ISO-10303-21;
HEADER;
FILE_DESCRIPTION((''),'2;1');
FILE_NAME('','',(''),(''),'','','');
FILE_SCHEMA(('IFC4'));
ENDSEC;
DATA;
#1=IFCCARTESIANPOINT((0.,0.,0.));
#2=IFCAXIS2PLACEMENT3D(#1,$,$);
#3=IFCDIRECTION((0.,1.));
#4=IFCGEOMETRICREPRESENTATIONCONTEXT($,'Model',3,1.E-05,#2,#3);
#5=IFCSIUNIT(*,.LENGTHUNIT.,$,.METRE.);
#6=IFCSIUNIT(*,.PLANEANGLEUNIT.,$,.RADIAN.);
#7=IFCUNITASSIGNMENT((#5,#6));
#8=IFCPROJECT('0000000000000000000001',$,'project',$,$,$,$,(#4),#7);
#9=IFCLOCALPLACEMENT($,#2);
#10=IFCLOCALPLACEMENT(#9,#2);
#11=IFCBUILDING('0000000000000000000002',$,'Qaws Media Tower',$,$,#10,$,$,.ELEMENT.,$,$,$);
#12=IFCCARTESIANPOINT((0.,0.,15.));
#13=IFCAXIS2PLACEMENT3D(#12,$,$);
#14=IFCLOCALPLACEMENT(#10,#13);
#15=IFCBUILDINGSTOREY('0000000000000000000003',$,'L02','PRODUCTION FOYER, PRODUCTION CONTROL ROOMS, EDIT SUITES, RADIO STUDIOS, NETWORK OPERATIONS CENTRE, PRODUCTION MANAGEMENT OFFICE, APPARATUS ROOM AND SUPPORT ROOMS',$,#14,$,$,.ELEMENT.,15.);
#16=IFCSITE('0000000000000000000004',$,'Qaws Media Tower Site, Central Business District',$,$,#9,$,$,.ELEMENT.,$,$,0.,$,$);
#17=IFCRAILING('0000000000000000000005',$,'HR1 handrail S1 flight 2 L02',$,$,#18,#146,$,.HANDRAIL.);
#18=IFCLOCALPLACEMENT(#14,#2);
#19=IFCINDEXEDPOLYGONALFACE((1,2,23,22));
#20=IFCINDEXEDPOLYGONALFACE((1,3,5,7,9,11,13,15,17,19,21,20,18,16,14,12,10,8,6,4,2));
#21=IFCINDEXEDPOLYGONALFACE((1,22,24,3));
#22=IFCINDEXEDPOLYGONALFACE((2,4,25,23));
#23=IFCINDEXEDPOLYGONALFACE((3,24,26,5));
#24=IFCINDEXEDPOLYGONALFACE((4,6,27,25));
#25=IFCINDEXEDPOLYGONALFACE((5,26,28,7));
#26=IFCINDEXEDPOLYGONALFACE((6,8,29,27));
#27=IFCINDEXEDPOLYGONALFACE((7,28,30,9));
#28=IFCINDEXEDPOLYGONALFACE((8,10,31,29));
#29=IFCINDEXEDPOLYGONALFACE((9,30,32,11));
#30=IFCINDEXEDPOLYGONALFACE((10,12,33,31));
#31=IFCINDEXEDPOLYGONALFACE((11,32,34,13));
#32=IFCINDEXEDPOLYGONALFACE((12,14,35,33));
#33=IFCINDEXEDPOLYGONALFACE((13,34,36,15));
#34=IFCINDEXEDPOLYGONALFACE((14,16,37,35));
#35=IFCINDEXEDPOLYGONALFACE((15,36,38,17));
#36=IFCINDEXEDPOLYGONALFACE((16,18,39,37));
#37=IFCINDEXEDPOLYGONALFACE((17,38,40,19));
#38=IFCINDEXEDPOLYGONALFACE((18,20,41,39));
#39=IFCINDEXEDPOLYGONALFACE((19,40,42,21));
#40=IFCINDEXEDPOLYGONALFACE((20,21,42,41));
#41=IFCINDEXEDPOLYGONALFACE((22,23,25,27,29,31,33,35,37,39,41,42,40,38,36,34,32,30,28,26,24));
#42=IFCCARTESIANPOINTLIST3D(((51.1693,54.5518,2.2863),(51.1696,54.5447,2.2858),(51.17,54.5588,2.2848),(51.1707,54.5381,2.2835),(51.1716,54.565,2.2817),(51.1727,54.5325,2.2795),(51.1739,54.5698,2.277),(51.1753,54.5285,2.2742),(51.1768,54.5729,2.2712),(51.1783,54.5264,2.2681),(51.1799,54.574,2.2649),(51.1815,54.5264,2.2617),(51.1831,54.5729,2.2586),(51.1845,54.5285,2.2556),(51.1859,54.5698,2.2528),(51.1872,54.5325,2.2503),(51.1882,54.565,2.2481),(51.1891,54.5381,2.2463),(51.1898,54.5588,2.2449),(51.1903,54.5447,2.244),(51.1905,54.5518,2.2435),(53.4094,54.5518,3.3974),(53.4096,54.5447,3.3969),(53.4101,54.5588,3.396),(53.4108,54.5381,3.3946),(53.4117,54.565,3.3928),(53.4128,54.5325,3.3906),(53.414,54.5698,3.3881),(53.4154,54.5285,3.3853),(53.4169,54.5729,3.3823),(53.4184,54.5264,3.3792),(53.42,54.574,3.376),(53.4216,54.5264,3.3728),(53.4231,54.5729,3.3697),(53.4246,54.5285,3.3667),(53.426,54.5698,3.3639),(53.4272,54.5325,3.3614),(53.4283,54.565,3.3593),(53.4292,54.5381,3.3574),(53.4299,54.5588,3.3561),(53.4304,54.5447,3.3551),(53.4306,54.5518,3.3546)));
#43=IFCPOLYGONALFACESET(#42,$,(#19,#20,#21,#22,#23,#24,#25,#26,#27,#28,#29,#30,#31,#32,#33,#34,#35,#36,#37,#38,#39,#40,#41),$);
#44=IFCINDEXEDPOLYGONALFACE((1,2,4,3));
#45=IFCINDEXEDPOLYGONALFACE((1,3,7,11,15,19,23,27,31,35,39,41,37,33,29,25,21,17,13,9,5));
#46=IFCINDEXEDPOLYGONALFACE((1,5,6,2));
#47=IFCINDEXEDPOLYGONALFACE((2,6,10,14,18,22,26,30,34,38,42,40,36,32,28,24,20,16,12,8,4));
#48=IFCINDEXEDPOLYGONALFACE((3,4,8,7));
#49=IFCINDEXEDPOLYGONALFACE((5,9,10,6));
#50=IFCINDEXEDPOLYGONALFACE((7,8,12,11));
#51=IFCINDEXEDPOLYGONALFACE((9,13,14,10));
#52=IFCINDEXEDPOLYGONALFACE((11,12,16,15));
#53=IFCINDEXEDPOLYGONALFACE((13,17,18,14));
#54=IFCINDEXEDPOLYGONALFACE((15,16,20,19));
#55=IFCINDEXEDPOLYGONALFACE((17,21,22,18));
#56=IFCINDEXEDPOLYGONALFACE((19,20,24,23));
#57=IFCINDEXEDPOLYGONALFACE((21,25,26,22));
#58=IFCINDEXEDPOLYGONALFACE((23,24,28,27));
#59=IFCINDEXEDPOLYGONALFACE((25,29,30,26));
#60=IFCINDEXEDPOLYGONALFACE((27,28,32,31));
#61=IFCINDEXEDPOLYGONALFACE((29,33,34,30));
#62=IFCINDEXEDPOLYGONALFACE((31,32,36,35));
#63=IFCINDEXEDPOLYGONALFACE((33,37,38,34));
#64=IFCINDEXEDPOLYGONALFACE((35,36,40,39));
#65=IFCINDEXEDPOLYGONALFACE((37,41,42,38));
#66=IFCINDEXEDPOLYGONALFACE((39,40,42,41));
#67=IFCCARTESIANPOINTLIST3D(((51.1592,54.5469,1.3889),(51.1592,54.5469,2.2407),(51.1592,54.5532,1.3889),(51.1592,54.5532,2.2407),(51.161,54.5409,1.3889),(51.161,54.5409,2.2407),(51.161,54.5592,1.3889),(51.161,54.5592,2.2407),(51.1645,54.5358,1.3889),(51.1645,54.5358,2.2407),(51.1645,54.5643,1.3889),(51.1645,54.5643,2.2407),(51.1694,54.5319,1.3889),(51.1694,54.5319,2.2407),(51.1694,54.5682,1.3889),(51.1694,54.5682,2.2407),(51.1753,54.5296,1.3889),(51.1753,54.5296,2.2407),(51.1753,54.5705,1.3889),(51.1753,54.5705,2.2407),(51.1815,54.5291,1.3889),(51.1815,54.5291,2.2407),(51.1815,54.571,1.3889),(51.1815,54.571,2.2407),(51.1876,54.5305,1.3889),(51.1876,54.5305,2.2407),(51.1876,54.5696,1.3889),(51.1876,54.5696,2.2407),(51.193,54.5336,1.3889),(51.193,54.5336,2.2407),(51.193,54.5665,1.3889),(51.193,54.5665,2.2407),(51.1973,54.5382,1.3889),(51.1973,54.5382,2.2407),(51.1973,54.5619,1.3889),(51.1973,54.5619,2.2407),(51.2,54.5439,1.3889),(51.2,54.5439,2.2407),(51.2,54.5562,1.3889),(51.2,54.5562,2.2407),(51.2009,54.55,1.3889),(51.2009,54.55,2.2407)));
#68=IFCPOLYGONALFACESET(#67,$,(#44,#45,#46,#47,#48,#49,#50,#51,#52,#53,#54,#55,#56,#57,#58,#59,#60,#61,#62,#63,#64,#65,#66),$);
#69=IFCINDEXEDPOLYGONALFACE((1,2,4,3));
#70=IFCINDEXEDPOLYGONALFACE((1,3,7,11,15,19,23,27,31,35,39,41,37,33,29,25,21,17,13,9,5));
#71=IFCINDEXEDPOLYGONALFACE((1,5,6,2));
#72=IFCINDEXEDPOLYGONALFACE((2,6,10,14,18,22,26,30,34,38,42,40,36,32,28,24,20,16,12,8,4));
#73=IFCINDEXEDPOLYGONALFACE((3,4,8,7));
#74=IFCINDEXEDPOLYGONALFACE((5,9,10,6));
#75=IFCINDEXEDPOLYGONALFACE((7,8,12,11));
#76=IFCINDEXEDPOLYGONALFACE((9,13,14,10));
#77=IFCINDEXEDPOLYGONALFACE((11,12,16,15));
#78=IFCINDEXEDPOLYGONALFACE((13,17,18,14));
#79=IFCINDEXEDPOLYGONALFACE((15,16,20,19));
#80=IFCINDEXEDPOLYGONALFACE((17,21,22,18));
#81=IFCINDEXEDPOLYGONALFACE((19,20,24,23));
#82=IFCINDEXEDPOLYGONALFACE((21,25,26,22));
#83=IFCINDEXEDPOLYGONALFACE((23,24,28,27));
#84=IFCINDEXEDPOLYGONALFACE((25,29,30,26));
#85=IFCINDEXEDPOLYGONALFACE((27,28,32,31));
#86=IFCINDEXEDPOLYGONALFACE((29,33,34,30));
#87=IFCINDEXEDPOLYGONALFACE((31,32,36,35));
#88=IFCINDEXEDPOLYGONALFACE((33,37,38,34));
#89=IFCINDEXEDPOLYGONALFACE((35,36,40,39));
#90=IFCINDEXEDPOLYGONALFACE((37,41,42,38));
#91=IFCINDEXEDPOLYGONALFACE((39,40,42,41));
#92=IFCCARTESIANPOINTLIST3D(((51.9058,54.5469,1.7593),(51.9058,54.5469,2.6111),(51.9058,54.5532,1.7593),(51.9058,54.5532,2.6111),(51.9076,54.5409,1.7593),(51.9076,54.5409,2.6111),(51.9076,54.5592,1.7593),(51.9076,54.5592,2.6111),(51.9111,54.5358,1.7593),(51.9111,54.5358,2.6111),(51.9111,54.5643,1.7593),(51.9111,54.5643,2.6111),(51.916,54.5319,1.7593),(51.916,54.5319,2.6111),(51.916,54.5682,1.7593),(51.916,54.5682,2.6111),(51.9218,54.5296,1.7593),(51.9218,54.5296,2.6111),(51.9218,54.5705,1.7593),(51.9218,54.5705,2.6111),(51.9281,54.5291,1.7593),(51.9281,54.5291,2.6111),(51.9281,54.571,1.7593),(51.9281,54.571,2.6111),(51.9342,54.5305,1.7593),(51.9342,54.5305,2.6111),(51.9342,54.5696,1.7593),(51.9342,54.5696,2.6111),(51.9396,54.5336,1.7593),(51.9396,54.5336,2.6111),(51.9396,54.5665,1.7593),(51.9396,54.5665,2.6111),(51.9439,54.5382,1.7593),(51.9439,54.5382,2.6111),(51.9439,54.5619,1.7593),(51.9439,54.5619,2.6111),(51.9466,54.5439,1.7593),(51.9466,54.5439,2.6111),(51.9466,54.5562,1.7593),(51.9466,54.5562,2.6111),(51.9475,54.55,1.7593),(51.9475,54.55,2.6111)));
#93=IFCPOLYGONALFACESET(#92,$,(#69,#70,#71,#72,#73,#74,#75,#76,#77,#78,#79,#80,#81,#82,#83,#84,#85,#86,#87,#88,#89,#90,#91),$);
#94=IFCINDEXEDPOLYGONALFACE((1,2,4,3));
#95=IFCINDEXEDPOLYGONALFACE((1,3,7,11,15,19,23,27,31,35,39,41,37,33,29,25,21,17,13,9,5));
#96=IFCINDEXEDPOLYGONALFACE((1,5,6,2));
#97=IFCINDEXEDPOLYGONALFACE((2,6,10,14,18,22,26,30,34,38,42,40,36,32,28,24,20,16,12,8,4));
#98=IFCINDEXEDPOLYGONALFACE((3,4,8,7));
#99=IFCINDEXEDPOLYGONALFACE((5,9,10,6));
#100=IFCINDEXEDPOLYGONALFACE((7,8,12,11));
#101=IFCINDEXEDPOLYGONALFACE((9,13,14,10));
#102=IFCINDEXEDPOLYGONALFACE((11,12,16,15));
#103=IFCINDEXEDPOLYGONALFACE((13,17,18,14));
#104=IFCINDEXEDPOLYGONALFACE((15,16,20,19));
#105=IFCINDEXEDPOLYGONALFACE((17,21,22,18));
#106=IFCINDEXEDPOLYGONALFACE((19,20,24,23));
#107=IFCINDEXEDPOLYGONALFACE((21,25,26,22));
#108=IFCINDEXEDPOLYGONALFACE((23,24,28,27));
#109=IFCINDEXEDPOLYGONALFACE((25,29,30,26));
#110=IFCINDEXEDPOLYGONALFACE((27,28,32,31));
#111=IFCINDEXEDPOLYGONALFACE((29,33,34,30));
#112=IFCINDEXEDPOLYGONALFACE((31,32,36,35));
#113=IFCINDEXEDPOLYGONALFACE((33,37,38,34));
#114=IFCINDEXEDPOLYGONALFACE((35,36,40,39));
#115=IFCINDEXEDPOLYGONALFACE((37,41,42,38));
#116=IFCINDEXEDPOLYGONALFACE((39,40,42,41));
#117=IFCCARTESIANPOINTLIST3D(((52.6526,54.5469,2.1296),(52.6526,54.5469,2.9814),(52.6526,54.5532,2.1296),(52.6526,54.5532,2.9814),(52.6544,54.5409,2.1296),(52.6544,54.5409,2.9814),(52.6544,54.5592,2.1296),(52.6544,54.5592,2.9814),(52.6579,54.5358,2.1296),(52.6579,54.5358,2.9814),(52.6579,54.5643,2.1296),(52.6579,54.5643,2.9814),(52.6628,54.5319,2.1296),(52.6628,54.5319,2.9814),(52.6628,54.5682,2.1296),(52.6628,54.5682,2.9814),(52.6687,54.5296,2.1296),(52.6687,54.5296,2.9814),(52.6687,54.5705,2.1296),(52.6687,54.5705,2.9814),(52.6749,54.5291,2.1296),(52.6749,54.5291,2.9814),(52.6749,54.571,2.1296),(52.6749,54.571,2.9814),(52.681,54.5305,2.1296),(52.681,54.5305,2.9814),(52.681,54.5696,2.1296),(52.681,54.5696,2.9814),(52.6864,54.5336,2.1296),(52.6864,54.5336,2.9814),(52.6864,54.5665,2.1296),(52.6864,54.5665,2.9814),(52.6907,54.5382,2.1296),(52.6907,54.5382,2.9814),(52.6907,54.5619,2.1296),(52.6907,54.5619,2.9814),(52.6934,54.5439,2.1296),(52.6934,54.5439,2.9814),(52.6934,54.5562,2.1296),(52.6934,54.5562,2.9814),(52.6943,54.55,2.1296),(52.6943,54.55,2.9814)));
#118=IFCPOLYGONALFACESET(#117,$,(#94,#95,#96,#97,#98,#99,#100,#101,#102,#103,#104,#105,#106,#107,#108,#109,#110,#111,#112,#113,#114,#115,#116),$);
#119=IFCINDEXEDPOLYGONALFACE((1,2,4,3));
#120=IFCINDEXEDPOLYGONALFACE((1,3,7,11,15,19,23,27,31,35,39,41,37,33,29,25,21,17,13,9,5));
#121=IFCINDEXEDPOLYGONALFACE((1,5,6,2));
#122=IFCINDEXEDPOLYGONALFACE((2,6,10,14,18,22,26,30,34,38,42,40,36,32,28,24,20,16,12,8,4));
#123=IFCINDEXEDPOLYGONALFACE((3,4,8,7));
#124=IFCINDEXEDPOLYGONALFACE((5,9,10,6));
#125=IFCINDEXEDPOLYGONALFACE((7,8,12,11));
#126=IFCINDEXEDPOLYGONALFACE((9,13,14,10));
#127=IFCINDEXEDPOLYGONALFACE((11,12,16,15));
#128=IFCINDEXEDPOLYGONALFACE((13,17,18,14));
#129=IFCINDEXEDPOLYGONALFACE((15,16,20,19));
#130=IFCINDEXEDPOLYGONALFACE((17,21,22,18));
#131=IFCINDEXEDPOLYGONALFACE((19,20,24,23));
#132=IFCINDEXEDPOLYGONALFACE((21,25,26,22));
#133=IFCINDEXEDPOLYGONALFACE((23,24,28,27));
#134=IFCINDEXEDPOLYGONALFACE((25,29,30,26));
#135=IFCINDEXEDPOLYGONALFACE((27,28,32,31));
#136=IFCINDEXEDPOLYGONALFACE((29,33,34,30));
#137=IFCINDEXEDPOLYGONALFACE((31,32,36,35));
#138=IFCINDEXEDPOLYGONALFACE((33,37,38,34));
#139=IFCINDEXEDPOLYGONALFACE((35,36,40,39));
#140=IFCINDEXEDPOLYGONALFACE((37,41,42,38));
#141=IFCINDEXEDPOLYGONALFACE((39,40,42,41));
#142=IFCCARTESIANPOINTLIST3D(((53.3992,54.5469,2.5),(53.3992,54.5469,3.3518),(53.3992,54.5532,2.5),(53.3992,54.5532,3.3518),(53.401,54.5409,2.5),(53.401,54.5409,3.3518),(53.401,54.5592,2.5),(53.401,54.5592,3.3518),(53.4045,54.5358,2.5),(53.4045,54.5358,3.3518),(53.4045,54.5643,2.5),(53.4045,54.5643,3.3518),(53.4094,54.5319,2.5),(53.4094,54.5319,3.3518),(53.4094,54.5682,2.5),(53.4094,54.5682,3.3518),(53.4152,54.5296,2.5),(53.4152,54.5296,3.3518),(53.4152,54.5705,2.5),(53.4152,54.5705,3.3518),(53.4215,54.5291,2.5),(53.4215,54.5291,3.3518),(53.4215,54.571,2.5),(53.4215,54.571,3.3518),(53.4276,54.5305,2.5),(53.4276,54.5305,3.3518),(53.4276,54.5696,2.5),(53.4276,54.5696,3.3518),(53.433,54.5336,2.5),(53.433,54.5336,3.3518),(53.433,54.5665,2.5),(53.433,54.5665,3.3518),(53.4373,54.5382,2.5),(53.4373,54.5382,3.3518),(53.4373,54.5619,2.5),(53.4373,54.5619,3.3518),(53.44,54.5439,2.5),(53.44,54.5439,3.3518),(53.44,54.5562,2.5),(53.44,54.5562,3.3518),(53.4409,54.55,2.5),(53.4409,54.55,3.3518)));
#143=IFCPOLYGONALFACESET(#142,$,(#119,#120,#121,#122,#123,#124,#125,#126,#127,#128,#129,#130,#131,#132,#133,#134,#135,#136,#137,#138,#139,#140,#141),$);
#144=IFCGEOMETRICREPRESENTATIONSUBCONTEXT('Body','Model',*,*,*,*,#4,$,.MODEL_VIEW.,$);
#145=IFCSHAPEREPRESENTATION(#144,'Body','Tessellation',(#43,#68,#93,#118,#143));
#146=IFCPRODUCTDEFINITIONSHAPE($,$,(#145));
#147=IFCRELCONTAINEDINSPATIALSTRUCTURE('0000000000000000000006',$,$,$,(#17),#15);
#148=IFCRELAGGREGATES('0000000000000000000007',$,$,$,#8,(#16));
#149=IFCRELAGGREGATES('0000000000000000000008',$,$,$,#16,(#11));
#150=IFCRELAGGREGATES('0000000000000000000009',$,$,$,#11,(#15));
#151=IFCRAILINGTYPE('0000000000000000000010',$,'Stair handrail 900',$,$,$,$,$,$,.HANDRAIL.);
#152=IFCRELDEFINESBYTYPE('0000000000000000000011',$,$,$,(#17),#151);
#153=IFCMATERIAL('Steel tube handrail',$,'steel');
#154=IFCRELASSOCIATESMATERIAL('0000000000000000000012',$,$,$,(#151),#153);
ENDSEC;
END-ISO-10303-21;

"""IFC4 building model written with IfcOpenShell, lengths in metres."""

from ifc_helpers import new_model, si_unit, direction, frame, origin, origin_2d, place, context, subcontext, project, spatial, circle, extrude, material, type_object, element, save


model = new_model("IFC4")

# Units and contexts
model_context = context("Model", 3, precision=1e-05, world=origin(), true_north=direction((0.0, 1.0)))
body_context = subcontext(model_context, "Body", "Model", "MODEL_VIEW")
ifc_project = project(units=[si_unit("LENGTHUNIT", "METRE"), si_unit("PLANEANGLEUNIT", "RADIAN")], contexts=[model_context])

# Site, building, storey
site_placement = place(None, origin())
site = spatial("IfcSite", under=ifc_project, at=site_placement, Name="Qaws Media Tower Site, Central Business District", CompositionType="ELEMENT", RefElevation=0.0)
building_placement = place(site_placement, origin())
building = spatial("IfcBuilding", under=site, at=building_placement, Name="Qaws Media Tower", CompositionType="ELEMENT")
storey_placement = place(building_placement, frame((0.0, 0.0, 15.0)))
storey = spatial("IfcBuildingStorey", under=building, at=storey_placement, Name="L02", Description="PRODUCTION FOYER, PRODUCTION CONTROL ROOMS, EDIT SUITES, RADIO STUDIOS, NETWORK OPERATIONS CENTRE, PRODUCTION MANAGEMENT OFFICE, APPARATUS ROOM AND SUPPORT ROOMS", CompositionType="ELEMENT", Elevation=15.0)

# Railing
ifc_material_1 = material(Name="Steel tube handrail", Category="steel")
railing_type = type_object("IfcRailingType", Name="Stair handrail 900", PredefinedType="HANDRAIL", material=ifc_material_1)
for number, where, name in (
    (1, (51.1799, 54.55, 1.3889), "HR1 handrail S1 flight 2 L02"),
):
    element("IfcRailing", number, at=place(storey_placement, frame(where)), inside=storey, type_object=railing_type, Name=name, PredefinedType="HANDRAIL", context=body_context, shape_type="SweptSolid", body=[
        extrude(circle(Radius=0.0239, at=origin_2d()), frame((0.0, 0.0, 0.876), z_axis=(0.895848, 0.0, 0.44436), x_axis=(0.0, 1.0, 0.0)), (0.0, 0.0, 1.0), 2.5005),
        extrude(circle(Radius=0.021, at=origin_2d()), origin(), (0.0, 0.0, 1.0), 0.8518),
        extrude(circle(Radius=0.021, at=origin_2d()), frame((0.7466, 0.0, 0.3704)), (0.0, 0.0, 1.0), 0.8518),
        extrude(circle(Radius=0.021, at=origin_2d()), frame((1.4934, 0.0, 0.7407)), (0.0, 0.0, 1.0), 0.8518),
        extrude(circle(Radius=0.021, at=origin_2d()), frame((2.24, 0.0, 1.1111)), (0.0, 0.0, 1.0), 0.8518),
    ])

save(model, "model.ifc")
